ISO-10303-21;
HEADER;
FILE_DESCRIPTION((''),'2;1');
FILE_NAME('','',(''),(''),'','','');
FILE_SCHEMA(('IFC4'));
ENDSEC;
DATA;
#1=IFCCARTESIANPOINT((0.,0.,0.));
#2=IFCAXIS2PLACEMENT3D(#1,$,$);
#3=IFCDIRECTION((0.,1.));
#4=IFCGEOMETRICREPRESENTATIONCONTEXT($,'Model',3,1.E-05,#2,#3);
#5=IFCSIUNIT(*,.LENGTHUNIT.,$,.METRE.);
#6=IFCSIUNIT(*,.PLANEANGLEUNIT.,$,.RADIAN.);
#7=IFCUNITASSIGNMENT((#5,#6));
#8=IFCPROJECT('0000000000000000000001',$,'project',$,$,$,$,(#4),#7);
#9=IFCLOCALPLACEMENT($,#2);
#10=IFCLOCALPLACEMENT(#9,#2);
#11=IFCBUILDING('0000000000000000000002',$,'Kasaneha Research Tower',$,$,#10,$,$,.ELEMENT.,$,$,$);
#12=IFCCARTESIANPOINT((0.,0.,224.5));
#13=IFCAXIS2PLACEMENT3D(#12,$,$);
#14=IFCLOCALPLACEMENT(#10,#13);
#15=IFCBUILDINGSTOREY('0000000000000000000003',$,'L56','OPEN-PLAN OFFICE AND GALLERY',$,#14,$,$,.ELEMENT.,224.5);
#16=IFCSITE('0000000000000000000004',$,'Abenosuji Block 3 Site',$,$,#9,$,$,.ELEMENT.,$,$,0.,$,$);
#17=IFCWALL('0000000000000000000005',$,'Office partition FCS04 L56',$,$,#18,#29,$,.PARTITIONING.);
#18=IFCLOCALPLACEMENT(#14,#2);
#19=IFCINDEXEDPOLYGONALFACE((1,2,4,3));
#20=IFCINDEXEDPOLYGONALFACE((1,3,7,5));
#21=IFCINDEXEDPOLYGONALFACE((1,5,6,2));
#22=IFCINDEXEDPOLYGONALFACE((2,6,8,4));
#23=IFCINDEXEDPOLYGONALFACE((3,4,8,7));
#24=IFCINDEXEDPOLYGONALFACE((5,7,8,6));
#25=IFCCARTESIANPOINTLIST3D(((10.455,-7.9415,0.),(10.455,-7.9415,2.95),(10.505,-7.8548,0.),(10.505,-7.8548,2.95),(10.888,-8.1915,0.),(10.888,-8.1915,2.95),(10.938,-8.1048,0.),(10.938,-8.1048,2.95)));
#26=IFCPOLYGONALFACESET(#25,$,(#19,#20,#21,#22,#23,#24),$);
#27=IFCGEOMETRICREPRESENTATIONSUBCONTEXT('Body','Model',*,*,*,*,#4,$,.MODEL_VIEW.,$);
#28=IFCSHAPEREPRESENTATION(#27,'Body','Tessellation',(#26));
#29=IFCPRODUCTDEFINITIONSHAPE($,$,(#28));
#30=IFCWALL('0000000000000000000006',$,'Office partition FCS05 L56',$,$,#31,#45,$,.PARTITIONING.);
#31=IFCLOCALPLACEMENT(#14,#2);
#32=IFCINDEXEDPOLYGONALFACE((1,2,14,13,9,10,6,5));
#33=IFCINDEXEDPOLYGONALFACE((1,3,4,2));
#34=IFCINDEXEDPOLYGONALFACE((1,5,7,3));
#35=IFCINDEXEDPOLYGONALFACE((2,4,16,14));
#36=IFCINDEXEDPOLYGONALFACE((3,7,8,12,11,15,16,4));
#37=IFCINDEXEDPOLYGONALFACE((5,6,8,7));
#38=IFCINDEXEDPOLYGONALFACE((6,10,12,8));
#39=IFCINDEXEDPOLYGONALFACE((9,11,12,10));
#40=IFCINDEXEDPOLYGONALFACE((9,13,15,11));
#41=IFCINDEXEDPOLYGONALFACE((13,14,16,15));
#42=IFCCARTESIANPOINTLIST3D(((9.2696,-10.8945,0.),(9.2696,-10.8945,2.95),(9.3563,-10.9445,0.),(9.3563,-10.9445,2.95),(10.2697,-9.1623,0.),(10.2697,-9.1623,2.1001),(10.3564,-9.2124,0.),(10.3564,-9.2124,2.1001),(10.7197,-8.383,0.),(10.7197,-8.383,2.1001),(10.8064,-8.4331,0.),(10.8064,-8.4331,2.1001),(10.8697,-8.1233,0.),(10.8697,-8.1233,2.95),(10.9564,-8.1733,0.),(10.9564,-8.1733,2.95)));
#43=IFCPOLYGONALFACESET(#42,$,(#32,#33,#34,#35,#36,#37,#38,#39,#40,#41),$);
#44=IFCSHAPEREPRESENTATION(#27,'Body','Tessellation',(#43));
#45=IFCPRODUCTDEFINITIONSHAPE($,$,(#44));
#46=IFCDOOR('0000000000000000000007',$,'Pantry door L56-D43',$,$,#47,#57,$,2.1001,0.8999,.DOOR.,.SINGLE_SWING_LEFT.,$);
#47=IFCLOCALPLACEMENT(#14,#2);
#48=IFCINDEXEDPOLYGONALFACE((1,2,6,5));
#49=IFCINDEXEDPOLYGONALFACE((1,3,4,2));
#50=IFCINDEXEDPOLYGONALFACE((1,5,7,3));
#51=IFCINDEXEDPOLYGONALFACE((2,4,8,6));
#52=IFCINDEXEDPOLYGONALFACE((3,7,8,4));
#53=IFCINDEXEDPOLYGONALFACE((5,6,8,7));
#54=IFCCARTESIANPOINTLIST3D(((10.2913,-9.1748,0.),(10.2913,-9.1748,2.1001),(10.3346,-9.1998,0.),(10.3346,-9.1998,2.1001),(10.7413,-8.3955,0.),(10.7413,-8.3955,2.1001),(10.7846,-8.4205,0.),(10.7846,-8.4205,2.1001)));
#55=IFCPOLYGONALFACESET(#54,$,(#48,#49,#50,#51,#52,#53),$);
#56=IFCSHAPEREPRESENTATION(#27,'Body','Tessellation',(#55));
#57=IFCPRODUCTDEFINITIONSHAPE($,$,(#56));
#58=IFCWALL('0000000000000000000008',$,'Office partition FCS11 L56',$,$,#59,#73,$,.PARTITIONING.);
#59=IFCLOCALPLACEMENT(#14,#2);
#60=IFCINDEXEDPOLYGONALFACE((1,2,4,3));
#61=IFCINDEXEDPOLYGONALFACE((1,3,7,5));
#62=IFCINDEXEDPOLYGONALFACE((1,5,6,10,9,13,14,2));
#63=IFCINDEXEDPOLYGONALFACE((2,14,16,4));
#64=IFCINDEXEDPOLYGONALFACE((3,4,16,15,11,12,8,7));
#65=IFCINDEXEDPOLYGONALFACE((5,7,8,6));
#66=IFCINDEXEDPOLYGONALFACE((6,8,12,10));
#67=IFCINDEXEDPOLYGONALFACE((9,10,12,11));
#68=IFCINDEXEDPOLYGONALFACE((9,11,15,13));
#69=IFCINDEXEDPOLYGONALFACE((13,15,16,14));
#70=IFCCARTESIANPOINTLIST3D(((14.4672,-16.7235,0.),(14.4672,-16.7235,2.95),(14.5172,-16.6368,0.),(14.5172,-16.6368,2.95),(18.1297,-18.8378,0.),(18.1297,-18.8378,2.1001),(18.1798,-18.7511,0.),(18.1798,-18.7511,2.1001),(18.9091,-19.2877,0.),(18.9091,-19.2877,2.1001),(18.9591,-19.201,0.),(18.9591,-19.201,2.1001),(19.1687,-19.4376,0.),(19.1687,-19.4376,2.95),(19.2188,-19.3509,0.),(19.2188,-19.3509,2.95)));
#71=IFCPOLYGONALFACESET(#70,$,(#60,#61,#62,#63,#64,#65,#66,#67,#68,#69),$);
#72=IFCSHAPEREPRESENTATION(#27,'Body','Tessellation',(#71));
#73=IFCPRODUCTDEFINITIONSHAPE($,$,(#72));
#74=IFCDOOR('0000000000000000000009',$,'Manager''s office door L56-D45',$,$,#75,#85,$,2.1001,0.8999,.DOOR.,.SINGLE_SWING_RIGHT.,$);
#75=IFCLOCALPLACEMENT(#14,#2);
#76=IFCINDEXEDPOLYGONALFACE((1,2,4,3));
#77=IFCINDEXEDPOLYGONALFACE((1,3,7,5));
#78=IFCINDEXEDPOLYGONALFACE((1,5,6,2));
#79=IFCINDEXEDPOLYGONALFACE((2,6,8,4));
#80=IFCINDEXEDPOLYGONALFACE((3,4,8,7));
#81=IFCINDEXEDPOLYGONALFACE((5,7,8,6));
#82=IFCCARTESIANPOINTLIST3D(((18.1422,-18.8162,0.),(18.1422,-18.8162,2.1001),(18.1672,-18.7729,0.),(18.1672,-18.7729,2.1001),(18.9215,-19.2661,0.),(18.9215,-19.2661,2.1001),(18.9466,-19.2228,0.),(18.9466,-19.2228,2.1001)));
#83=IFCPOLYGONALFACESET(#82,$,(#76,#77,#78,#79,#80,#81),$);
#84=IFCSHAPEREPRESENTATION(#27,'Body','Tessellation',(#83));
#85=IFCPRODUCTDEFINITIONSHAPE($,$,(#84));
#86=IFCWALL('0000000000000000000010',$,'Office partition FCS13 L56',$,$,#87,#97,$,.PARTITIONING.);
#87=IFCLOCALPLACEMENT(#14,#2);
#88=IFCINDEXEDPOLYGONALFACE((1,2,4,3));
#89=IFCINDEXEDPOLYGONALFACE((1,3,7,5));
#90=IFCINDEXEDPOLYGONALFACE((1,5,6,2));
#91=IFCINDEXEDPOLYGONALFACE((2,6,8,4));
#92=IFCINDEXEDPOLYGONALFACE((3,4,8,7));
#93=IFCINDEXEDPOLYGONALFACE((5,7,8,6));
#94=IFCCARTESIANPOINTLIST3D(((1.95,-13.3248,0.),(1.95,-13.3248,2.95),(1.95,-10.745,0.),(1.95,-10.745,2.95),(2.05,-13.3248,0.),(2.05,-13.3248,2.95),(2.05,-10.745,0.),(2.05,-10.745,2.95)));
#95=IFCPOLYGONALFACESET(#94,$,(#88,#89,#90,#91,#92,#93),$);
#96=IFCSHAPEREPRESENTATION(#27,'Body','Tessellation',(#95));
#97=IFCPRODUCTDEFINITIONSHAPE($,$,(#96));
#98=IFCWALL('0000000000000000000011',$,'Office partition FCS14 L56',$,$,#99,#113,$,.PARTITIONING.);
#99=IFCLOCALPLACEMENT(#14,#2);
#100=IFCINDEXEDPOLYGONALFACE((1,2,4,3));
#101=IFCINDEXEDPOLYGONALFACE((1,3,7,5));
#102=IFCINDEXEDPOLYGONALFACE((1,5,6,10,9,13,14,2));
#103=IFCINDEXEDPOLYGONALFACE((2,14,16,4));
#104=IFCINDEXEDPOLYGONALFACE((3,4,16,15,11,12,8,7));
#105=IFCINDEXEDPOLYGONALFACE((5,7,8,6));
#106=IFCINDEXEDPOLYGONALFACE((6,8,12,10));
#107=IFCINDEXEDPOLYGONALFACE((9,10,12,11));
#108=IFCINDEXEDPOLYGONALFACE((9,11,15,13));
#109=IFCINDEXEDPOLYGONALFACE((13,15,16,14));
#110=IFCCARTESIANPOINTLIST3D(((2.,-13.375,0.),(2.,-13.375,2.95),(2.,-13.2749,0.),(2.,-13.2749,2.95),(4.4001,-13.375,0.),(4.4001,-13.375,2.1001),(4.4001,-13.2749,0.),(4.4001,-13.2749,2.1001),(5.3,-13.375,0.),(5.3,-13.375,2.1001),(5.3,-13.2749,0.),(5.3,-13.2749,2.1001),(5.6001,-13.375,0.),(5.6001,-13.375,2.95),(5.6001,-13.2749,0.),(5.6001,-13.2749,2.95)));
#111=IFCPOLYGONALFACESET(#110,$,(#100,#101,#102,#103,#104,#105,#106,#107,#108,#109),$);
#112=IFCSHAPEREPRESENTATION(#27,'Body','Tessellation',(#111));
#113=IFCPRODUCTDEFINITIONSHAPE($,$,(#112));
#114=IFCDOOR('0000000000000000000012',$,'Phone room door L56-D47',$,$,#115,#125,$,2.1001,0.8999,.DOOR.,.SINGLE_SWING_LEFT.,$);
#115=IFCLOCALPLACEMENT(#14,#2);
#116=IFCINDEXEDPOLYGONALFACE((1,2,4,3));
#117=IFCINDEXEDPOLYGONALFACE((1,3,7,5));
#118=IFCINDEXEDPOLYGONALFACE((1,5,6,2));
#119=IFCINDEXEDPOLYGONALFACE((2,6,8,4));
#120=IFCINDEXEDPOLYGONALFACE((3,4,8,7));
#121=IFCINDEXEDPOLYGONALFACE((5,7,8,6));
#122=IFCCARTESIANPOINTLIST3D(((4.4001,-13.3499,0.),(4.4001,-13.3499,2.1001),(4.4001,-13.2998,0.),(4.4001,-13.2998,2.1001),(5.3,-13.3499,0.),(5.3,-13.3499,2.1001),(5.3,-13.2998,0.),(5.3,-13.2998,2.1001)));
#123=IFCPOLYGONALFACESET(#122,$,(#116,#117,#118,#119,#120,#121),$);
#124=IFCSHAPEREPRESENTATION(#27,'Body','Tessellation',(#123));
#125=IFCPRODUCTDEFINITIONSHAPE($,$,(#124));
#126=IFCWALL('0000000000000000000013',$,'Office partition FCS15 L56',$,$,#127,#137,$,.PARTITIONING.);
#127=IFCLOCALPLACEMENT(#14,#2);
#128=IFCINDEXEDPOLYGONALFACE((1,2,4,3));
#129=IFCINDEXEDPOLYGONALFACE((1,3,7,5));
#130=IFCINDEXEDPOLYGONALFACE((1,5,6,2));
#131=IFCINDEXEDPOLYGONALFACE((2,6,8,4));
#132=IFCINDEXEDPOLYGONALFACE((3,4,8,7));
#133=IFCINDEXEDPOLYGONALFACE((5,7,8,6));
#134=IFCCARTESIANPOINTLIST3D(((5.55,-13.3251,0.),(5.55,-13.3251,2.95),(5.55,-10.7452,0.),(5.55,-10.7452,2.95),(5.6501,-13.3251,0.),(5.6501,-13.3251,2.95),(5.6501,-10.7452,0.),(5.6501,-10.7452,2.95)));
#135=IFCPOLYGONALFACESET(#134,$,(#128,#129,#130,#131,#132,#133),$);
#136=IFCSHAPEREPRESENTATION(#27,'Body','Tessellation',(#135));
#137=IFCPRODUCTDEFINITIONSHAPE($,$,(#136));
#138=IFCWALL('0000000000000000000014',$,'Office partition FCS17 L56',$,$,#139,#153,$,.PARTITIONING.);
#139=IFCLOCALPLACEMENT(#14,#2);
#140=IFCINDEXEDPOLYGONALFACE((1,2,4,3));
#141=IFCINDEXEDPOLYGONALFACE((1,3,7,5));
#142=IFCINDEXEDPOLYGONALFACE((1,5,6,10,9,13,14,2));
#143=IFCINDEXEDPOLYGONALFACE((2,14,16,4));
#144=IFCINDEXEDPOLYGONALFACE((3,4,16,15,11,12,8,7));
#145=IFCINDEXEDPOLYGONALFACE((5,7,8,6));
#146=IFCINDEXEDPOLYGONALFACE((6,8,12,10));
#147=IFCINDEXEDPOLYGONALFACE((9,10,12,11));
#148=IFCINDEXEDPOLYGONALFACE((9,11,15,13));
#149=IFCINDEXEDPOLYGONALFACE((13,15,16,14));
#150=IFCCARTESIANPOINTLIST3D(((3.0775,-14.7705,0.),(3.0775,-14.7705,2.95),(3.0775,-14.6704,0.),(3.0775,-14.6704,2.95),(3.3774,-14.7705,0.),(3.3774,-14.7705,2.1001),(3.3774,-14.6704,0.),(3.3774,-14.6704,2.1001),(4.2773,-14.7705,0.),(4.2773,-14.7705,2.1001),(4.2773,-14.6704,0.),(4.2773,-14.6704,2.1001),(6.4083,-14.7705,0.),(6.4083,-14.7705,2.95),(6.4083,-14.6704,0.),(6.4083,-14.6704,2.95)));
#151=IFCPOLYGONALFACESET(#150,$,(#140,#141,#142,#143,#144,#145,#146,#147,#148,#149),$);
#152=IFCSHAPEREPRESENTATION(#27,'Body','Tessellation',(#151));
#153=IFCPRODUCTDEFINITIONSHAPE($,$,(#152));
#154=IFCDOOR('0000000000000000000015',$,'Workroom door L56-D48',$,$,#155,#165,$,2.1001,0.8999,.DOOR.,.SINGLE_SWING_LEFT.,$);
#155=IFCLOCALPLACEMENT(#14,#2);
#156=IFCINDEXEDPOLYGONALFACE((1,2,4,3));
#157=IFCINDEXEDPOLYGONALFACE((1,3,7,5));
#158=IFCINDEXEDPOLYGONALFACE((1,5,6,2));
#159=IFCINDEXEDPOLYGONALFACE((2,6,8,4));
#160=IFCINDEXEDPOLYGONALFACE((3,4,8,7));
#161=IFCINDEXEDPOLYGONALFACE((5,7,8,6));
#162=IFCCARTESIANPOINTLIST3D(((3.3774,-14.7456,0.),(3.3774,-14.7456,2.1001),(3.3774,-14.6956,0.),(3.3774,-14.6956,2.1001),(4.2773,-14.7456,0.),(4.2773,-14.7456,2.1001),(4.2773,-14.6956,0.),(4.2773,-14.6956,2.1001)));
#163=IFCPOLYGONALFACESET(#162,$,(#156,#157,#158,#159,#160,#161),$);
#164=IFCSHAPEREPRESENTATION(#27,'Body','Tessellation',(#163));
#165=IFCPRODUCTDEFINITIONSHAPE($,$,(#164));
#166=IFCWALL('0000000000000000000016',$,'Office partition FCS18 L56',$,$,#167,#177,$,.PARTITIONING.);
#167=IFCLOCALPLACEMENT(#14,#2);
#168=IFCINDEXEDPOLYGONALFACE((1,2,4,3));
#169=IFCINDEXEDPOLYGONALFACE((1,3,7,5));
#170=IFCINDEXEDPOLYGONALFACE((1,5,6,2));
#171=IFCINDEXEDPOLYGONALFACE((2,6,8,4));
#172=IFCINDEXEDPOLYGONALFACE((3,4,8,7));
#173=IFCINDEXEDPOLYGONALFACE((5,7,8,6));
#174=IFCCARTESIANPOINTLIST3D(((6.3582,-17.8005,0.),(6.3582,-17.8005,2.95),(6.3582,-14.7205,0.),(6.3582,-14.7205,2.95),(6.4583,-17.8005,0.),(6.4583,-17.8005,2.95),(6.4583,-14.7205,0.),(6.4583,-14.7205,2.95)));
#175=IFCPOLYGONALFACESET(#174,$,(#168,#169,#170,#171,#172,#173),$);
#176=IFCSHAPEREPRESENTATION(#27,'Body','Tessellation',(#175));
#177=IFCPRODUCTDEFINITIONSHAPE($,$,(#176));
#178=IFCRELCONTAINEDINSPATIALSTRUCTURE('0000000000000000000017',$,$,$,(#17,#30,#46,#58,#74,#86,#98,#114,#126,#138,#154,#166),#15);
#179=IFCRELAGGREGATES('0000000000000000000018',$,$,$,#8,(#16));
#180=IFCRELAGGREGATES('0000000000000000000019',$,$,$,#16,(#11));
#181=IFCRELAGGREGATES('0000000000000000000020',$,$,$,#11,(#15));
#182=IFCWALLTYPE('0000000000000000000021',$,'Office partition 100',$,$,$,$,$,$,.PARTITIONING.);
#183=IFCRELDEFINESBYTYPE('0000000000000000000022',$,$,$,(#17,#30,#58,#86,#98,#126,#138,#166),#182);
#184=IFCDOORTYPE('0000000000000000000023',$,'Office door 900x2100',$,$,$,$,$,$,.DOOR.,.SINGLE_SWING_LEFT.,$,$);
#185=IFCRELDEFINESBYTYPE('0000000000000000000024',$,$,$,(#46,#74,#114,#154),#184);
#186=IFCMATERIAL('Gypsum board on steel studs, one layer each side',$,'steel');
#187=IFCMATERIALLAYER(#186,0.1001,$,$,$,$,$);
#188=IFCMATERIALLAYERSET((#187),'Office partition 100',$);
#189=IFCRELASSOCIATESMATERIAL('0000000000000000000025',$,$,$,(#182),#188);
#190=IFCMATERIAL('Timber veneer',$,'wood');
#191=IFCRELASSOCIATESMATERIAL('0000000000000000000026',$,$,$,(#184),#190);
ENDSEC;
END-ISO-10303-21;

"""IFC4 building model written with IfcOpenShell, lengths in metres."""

from ifc_helpers import new_model, si_unit, direction, frame, frame_2d, origin, place, context, subcontext, project, spatial, rectangle, extrude, material, layer, layer_set, type_object, element, fill, save


model = new_model("IFC4")

# Units and contexts
model_context = context("Model", 3, precision=1e-05, world=origin(), true_north=direction((0.0, 1.0)))
body_context = subcontext(model_context, "Body", "Model", "MODEL_VIEW")
ifc_project = project(units=[si_unit("LENGTHUNIT", "METRE"), si_unit("PLANEANGLEUNIT", "RADIAN")], contexts=[model_context])

# Site, building, storey
site_placement = place(None, origin())
site = spatial("IfcSite", under=ifc_project, at=site_placement, Name="Abenosuji Block 3 Site", CompositionType="ELEMENT", RefElevation=0.0)
building_placement = place(site_placement, origin())
building = spatial("IfcBuilding", under=site, at=building_placement, Name="Kasaneha Research Tower", CompositionType="ELEMENT")
storey_placement = place(building_placement, frame((0.0, 0.0, 224.5)))
storey = spatial("IfcBuildingStorey", under=building, at=storey_placement, Name="L56", Description="OPEN-PLAN OFFICE AND GALLERY", CompositionType="ELEMENT", Elevation=224.5)

# Wall
ifc_material_1 = material(Name="Gypsum board on steel studs, one layer each side", Category="steel")
ifc_layer_1 = layer(ifc_material_1, 0.1001)
ifc_layer_set_1 = layer_set([ifc_layer_1], Name="Office partition 100")
wall_type_1 = type_object("IfcWallType", Name="Office partition 100", PredefinedType="PARTITIONING", material=ifc_layer_set_1)
wall_1_placement = place(storey_placement, frame((10.48, -7.8982, 0.0), z_axis=(0.0, 0.0, 1.0), x_axis=(0.866072, -0.49992, 0.0)))
element("IfcWall", 1, at=wall_1_placement, inside=storey, type_object=wall_type_1, Name="Office partition FCS04 L56", PredefinedType="PARTITIONING", context=body_context, shape_type="SweptSolid", body=[
    extrude(rectangle(XDim=0.5, YDim=0.1001, at=frame_2d((0.25, 0.0))), origin(), (0.0, 0.0, 1.0), 2.95),
])

# Walls, openings, doors
wall_2_placement = place(storey_placement, frame((10.9131, -8.1482, 0.0), z_axis=(0.0, 0.0, 1.0), x_axis=(-0.500028, -0.866009, 0.0)))
wall_2 = element("IfcWall", 2, at=wall_2_placement, inside=storey, type_object=wall_type_1, Name="Office partition FCS05 L56", PredefinedType="PARTITIONING", context=body_context, shape_type="SweptSolid", body=[
    extrude(rectangle(XDim=3.2, YDim=0.1001, at=frame_2d((1.6001, 0.0))), origin(), (0.0, 0.0, 1.0), 2.95),
])
opening_1_placement = place(wall_2_placement, frame((0.3, 0.0, 0.0)))
opening_1 = element("IfcOpeningElement", 3, at=opening_1_placement, cuts=wall_2, PredefinedType="OPENING", context=body_context, shape_type="SweptSolid", body=[
    extrude(rectangle(XDim=0.8999, YDim=2.1001, at=frame_2d((0.45, 1.05))), frame((0.0, 0.0601, 0.0), z_axis=(0.0, -1.0, 0.0), x_axis=(1.0, 0.0, 0.0)), (0.0, 0.0, 1.0), 0.1201),
])
ifc_material_2 = material(Name="Timber veneer", Category="wood")
door_type_1 = type_object("IfcDoorType", Name="Office door 900x2100", OperationType="SINGLE_SWING_LEFT", PredefinedType="DOOR", material=ifc_material_2)
door_1_placement = place(opening_1_placement, origin())
door_1 = element("IfcDoor", 4, at=door_1_placement, inside=storey, type_object=door_type_1, Name="Pantry door L56-D43", OperationType="SINGLE_SWING_LEFT", OverallHeight=2.1001, OverallWidth=0.8999, PredefinedType="DOOR", context=body_context, shape_type="SweptSolid", body=[
    extrude(rectangle(XDim=0.8999, YDim=2.1001, at=frame_2d((0.45, 1.05))), frame((0.0, 0.0249, 0.0), z_axis=(0.0, -1.0, 0.0), x_axis=(1.0, 0.0, 0.0)), (0.0, 0.0, 1.0), 0.05),
])
fill(opening_1, door_1)
wall_3_placement = place(storey_placement, frame((14.4922, -16.6802, 0.0), z_axis=(0.0, 0.0, 1.0), x_axis=(0.866057, -0.499946, 0.0)))
wall_3 = element("IfcWall", 5, at=wall_3_placement, inside=storey, type_object=wall_type_1, Name="Office partition FCS11 L56", PredefinedType="PARTITIONING", context=body_context, shape_type="SweptSolid", body=[
    extrude(rectangle(XDim=5.4287, YDim=0.1001, at=frame_2d((2.7144, 0.0))), origin(), (0.0, 0.0, 1.0), 2.95),
])
opening_2_placement = place(wall_3_placement, frame((4.229, 0.0, 0.0)))
opening_2 = element("IfcOpeningElement", 6, at=opening_2_placement, cuts=wall_3, PredefinedType="OPENING", context=body_context, shape_type="SweptSolid", body=[
    extrude(rectangle(XDim=0.8999, YDim=2.1001, at=frame_2d((0.45, 1.05))), frame((0.0, 0.0601, 0.0), z_axis=(0.0, -1.0, 0.0), x_axis=(1.0, 0.0, 0.0)), (0.0, 0.0, 1.0), 0.1201),
])
door_2_placement = place(opening_2_placement, origin())
door_2 = element("IfcDoor", 7, at=door_2_placement, inside=storey, type_object=door_type_1, Name="Manager's office door L56-D45", OperationType="SINGLE_SWING_RIGHT", OverallHeight=2.1001, OverallWidth=0.8999, PredefinedType="DOOR", context=body_context, shape_type="SweptSolid", body=[
    extrude(rectangle(XDim=0.8999, YDim=2.1001, at=frame_2d((0.45, 1.05))), frame((0.0, 0.0249, 0.0), z_axis=(0.0, -1.0, 0.0), x_axis=(1.0, 0.0, 0.0)), (0.0, 0.0, 1.0), 0.05),
])
fill(opening_2, door_2)

# Wall
wall_4_placement = place(storey_placement, frame((2.0, -13.325, 0.0), z_axis=(0.0, 0.0, 1.0), x_axis=(0.0, 1.0, 0.0)))
element("IfcWall", 8, at=wall_4_placement, inside=storey, type_object=wall_type_1, Name="Office partition FCS13 L56", PredefinedType="PARTITIONING", context=body_context, shape_type="SweptSolid", body=[
    extrude(rectangle(XDim=2.5798, YDim=0.1001, at=frame_2d((1.29, 0.0))), origin(), (0.0, 0.0, 1.0), 2.95),
])

# Wall, opening, door
wall_5_placement = place(storey_placement, frame((5.6001, -13.325, 0.0), z_axis=(0.0, 0.0, 1.0), x_axis=(-1.0, 0.0, 0.0)))
wall_5 = element("IfcWall", 9, at=wall_5_placement, inside=storey, type_object=wall_type_1, Name="Office partition FCS14 L56", PredefinedType="PARTITIONING", context=body_context, shape_type="SweptSolid", body=[
    extrude(rectangle(XDim=3.6001, YDim=0.1001, at=frame_2d((1.8, 0.0))), origin(), (0.0, 0.0, 1.0), 2.95),
])
opening_3_placement = place(wall_5_placement, frame((0.3, 0.0, 0.0)))
opening_3 = element("IfcOpeningElement", 10, at=opening_3_placement, cuts=wall_5, PredefinedType="OPENING", context=body_context, shape_type="SweptSolid", body=[
    extrude(rectangle(XDim=0.8999, YDim=2.1001, at=frame_2d((0.45, 1.05))), frame((0.0, 0.0601, 0.0), z_axis=(0.0, -1.0, 0.0), x_axis=(1.0, 0.0, 0.0)), (0.0, 0.0, 1.0), 0.1201),
])
door_3_placement = place(opening_3_placement, origin())
door_3 = element("IfcDoor", 11, at=door_3_placement, inside=storey, type_object=door_type_1, Name="Phone room door L56-D47", OperationType="SINGLE_SWING_LEFT", OverallHeight=2.1001, OverallWidth=0.8999, PredefinedType="DOOR", context=body_context, shape_type="SweptSolid", body=[
    extrude(rectangle(XDim=0.8999, YDim=2.1001, at=frame_2d((0.45, 1.05))), frame((0.0, 0.0249, 0.0), z_axis=(0.0, -1.0, 0.0), x_axis=(1.0, 0.0, 0.0)), (0.0, 0.0, 1.0), 0.05),
])
fill(opening_3, door_3)

# Wall
wall_6_placement = place(storey_placement, frame((5.6001, -10.7451, 0.0), z_axis=(0.0, 0.0, 1.0), x_axis=(0.0, -1.0, 0.0)))
element("IfcWall", 12, at=wall_6_placement, inside=storey, type_object=wall_type_1, Name="Office partition FCS15 L56", PredefinedType="PARTITIONING", context=body_context, shape_type="SweptSolid", body=[
    extrude(rectangle(XDim=2.5798, YDim=0.1001, at=frame_2d((1.29, 0.0))), origin(), (0.0, 0.0, 1.0), 2.95),
])

# Wall, opening, door
wall_7_placement = place(storey_placement, frame((3.0774, -14.7205, 0.0), z_axis=(0.0, 0.0, 1.0), x_axis=(1.0, 0.0, 0.0)))
wall_7 = element("IfcWall", 13, at=wall_7_placement, inside=storey, type_object=wall_type_1, Name="Office partition FCS17 L56", PredefinedType="PARTITIONING", context=body_context, shape_type="SweptSolid", body=[
    extrude(rectangle(XDim=3.3308, YDim=0.1001, at=frame_2d((1.6655, 0.0))), origin(), (0.0, 0.0, 1.0), 2.95),
])
opening_4_placement = place(wall_7_placement, frame((0.3, 0.0, 0.0)))
opening_4 = element("IfcOpeningElement", 14, at=opening_4_placement, cuts=wall_7, PredefinedType="OPENING", context=body_context, shape_type="SweptSolid", body=[
    extrude(rectangle(XDim=0.8999, YDim=2.1001, at=frame_2d((0.45, 1.05))), frame((0.0, 0.0601, 0.0), z_axis=(0.0, -1.0, 0.0), x_axis=(1.0, 0.0, 0.0)), (0.0, 0.0, 1.0), 0.1201),
])
door_4_placement = place(opening_4_placement, origin())
door_4 = element("IfcDoor", 15, at=door_4_placement, inside=storey, type_object=door_type_1, Name="Workroom door L56-D48", OperationType="SINGLE_SWING_LEFT", OverallHeight=2.1001, OverallWidth=0.8999, PredefinedType="DOOR", context=body_context, shape_type="SweptSolid", body=[
    extrude(rectangle(XDim=0.8999, YDim=2.1001, at=frame_2d((0.45, 1.05))), frame((0.0, 0.0249, 0.0), z_axis=(0.0, -1.0, 0.0), x_axis=(1.0, 0.0, 0.0)), (0.0, 0.0, 1.0), 0.05),
])
fill(opening_4, door_4)

# Wall
wall_8_placement = place(storey_placement, frame((6.4082, -14.7205, 0.0), z_axis=(0.0, 0.0, 1.0), x_axis=(0.0, -1.0, 0.0)))
element("IfcWall", 16, at=wall_8_placement, inside=storey, type_object=wall_type_1, Name="Office partition FCS18 L56", PredefinedType="PARTITIONING", context=body_context, shape_type="SweptSolid", body=[
    extrude(rectangle(XDim=3.0801, YDim=0.1001, at=frame_2d((1.54, 0.0))), origin(), (0.0, 0.0, 1.0), 2.95),
])

save(model, "model.ifc")
